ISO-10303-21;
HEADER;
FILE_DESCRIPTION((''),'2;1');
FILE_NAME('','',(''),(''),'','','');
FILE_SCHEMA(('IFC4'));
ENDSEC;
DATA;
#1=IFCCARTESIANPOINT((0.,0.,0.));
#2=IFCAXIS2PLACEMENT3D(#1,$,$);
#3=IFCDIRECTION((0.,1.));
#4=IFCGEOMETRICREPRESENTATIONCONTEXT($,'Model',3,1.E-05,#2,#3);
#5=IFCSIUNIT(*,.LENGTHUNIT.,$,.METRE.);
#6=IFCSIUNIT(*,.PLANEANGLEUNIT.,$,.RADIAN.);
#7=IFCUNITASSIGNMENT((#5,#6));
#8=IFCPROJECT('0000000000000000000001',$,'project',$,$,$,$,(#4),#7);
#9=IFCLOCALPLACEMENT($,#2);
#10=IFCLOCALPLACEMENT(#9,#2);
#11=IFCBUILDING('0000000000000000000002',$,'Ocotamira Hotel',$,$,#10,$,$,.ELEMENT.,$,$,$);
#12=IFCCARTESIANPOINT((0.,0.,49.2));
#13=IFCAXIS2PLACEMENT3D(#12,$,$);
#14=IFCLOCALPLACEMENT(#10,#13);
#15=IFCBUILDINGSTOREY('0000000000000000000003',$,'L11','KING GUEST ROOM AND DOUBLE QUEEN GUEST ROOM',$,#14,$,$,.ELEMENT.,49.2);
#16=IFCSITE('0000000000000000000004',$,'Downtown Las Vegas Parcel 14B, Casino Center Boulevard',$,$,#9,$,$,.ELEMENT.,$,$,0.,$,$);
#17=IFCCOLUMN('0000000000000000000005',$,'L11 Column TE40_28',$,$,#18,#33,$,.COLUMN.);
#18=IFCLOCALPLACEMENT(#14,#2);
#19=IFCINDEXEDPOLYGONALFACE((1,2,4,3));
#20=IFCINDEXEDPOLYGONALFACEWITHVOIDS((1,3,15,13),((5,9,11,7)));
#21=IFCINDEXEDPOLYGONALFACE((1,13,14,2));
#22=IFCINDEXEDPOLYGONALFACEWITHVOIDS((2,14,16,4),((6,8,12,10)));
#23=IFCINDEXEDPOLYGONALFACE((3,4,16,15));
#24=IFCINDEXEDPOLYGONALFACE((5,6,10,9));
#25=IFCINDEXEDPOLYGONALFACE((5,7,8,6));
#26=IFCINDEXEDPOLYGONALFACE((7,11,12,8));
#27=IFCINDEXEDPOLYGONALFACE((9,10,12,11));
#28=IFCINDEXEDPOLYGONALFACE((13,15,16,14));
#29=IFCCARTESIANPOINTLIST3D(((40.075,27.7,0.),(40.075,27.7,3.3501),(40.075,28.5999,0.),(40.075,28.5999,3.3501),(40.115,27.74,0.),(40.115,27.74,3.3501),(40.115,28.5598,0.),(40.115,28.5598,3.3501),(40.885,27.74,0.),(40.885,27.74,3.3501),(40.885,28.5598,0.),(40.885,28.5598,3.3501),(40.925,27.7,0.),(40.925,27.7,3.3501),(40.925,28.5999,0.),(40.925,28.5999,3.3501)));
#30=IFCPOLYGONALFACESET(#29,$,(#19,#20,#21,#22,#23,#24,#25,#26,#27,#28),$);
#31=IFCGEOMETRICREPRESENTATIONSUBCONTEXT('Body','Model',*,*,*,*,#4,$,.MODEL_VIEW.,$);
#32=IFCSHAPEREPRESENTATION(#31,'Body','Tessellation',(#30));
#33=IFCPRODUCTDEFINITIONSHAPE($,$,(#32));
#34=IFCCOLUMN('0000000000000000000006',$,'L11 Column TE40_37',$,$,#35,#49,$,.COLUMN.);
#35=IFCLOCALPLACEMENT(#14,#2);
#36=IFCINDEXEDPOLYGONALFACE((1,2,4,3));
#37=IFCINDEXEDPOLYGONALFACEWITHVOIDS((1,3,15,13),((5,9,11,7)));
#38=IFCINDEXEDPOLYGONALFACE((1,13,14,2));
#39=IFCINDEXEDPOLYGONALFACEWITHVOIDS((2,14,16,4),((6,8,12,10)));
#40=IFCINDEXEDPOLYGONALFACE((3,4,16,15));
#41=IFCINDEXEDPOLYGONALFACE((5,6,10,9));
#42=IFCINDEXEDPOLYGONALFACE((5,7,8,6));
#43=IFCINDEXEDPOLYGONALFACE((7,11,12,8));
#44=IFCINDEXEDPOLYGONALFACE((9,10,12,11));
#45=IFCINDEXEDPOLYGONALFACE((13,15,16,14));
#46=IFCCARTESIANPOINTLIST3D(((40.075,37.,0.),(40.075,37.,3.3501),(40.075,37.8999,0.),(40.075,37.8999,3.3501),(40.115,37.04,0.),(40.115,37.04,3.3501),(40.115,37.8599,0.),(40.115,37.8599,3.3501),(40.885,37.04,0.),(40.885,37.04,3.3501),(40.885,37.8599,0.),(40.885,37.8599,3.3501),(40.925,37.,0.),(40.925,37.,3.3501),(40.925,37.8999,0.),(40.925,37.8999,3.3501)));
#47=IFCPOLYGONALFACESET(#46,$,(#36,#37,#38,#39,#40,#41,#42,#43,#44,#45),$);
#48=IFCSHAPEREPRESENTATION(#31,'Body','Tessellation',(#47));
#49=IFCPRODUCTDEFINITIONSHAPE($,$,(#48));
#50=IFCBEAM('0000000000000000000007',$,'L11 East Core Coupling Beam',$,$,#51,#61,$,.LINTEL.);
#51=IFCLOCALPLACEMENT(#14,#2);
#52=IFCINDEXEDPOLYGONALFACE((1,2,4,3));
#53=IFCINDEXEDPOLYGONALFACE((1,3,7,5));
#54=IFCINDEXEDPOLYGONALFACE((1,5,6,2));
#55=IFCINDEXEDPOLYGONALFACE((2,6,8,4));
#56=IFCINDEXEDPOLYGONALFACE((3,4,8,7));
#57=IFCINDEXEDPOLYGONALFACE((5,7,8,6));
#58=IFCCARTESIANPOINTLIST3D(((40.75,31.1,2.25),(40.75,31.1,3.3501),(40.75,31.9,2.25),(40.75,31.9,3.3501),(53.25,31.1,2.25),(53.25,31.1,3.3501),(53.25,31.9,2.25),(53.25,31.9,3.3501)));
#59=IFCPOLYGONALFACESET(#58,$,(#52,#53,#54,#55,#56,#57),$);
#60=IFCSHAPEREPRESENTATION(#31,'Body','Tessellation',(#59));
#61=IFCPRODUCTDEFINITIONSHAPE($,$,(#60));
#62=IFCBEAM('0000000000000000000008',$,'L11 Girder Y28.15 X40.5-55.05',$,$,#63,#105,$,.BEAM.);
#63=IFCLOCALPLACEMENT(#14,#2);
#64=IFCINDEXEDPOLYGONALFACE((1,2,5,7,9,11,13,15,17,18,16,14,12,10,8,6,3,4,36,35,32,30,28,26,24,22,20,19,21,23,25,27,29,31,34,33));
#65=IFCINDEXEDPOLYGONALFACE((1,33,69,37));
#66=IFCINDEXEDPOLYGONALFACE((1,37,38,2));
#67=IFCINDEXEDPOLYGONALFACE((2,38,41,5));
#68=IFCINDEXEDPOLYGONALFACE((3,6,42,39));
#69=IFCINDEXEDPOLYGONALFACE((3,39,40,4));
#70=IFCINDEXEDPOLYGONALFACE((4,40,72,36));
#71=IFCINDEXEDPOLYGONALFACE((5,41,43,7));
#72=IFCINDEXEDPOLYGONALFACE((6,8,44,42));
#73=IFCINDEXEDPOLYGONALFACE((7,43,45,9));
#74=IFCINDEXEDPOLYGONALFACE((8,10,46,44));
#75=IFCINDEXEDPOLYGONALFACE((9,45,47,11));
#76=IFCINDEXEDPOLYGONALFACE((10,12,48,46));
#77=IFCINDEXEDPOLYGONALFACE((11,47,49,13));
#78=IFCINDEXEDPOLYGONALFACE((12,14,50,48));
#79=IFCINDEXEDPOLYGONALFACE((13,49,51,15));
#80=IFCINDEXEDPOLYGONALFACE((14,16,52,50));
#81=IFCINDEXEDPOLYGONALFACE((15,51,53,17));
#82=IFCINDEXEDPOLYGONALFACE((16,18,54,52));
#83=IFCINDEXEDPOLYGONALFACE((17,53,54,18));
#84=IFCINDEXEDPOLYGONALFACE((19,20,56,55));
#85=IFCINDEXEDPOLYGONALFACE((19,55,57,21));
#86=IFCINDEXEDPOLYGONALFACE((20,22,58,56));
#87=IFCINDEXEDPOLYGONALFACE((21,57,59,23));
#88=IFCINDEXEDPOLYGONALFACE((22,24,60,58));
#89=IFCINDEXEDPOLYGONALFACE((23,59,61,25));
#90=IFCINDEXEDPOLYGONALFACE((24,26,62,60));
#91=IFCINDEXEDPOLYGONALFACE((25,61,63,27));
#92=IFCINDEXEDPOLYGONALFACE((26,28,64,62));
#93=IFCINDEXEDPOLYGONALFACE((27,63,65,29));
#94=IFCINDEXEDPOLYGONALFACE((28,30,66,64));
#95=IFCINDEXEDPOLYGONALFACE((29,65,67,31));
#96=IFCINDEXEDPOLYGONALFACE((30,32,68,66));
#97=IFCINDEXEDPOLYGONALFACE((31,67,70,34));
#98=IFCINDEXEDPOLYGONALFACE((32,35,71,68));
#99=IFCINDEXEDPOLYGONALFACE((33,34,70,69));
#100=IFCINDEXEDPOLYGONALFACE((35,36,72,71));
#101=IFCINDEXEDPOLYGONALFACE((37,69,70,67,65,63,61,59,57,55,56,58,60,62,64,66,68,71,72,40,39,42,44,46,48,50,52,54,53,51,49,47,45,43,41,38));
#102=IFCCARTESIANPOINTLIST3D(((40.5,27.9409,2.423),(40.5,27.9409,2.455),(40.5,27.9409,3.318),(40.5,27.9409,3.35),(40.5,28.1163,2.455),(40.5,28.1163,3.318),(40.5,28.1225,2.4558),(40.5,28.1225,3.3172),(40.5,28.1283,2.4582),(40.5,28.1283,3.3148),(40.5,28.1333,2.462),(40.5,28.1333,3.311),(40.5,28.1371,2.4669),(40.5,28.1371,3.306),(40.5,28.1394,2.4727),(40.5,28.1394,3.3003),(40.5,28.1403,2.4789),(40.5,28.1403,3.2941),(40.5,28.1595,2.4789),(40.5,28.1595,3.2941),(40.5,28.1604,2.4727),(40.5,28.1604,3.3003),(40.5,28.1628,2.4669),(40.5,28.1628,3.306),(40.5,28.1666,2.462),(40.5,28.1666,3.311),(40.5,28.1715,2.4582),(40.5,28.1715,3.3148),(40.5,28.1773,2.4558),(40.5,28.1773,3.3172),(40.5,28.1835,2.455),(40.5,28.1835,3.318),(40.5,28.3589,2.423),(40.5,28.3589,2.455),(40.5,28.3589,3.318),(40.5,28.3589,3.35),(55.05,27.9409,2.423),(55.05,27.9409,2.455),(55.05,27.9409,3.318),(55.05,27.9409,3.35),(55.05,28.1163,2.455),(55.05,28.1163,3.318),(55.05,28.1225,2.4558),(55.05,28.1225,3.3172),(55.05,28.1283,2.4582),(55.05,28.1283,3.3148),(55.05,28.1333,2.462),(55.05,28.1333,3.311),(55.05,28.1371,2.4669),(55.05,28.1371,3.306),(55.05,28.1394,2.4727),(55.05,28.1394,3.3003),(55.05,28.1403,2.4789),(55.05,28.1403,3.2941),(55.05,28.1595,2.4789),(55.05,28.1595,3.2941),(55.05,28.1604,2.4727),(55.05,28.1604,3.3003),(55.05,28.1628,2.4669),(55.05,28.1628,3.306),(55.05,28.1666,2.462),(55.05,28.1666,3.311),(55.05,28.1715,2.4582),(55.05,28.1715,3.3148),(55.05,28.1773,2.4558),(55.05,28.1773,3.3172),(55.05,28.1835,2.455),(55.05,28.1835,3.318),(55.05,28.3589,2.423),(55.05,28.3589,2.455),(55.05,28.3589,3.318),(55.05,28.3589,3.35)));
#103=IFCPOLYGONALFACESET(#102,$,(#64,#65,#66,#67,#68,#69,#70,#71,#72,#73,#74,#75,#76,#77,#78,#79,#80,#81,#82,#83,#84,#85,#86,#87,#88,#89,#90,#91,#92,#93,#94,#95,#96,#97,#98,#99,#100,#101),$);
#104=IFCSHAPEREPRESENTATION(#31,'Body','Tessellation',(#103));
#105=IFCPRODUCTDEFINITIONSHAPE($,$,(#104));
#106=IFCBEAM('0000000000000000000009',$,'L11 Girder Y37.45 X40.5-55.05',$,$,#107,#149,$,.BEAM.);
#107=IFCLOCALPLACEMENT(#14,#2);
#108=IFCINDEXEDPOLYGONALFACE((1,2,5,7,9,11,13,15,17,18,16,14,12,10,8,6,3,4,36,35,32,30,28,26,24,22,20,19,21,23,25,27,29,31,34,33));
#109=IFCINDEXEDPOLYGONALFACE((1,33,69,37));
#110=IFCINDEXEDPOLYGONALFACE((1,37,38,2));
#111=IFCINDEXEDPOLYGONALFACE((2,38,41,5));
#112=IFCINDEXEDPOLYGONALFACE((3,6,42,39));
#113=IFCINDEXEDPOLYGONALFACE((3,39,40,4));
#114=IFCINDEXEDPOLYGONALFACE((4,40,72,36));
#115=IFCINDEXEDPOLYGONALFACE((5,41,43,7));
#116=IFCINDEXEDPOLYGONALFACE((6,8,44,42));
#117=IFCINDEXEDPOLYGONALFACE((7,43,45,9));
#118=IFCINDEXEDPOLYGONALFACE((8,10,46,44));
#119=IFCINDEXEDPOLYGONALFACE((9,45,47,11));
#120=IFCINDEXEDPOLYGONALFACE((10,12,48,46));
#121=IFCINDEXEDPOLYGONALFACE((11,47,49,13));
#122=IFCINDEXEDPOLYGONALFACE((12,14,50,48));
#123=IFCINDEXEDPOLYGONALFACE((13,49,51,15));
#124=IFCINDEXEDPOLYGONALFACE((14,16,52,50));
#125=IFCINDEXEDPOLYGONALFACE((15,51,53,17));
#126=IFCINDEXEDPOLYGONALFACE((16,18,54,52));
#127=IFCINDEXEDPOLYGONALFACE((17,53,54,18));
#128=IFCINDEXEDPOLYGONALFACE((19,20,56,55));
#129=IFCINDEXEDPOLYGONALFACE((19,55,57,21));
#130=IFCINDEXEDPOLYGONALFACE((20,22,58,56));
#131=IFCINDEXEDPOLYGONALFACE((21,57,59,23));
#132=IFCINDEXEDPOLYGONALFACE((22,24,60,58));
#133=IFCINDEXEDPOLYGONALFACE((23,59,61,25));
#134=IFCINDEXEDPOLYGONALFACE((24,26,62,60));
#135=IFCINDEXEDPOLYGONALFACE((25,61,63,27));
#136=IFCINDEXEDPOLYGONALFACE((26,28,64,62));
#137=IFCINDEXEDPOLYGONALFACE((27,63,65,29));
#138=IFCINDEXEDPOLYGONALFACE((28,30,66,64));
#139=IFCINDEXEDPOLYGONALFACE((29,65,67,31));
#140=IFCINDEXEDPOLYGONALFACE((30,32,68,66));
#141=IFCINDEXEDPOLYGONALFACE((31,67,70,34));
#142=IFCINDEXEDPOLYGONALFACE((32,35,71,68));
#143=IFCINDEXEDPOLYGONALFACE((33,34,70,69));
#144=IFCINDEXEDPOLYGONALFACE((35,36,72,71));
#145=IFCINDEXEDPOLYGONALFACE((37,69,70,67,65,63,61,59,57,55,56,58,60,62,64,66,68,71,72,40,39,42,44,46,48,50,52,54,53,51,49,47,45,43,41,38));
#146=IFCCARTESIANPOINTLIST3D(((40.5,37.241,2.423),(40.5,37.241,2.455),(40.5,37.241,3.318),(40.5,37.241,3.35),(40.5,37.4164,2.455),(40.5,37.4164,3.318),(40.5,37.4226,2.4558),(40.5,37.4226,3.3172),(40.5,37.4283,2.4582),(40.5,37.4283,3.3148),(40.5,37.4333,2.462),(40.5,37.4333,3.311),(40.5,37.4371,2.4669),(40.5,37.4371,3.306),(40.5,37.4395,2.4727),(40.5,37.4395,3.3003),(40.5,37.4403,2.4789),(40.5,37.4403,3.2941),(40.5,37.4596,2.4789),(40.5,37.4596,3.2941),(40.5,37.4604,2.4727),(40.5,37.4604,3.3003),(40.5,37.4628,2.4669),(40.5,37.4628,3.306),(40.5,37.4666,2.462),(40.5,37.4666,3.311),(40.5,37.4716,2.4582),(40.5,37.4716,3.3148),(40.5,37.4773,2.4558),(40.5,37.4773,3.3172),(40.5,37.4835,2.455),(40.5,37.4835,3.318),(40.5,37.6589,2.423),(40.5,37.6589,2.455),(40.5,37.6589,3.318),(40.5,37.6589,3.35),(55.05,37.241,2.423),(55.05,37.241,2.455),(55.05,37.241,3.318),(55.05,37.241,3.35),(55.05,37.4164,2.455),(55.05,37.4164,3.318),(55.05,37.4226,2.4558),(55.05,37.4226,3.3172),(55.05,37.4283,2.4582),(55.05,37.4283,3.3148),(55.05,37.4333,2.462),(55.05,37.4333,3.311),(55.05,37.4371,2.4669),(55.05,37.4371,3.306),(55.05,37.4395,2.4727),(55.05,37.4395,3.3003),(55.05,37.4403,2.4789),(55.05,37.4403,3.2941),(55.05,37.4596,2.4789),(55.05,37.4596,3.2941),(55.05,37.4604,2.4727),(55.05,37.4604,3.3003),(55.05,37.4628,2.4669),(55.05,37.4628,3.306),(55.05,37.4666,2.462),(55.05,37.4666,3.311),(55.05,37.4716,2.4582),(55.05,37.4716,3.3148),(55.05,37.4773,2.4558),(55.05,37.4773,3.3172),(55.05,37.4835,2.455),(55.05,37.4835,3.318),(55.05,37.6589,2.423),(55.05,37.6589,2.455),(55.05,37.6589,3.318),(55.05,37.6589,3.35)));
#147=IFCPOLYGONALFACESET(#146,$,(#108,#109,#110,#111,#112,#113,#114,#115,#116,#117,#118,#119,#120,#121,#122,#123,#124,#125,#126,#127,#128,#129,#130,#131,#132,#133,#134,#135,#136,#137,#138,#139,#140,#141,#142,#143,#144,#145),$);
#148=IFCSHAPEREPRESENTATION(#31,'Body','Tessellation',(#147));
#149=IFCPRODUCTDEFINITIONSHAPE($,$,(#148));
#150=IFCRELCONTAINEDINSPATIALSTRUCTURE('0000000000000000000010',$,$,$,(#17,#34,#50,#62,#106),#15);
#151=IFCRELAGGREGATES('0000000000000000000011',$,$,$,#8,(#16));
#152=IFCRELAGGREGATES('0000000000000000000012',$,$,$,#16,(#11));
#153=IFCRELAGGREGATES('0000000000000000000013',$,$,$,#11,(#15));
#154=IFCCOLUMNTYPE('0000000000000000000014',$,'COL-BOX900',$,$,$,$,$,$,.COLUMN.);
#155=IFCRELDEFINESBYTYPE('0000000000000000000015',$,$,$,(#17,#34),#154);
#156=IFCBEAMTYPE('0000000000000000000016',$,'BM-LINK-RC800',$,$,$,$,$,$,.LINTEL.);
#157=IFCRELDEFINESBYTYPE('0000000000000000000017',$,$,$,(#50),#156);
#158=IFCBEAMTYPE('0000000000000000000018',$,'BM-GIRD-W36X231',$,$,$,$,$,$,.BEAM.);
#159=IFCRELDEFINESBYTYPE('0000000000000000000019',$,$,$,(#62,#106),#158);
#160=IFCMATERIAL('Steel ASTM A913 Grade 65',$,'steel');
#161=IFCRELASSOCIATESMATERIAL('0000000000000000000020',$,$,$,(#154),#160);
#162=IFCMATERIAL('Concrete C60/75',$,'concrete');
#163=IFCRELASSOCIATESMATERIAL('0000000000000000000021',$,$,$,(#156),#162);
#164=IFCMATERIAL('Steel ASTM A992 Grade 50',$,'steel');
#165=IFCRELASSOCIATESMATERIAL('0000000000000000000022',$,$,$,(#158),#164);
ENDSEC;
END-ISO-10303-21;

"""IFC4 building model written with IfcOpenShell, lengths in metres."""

from ifc_helpers import new_model, si_unit, direction, frame, origin, origin_2d, place, context, subcontext, project, spatial, rectangle, hollow_rectangle, i_section, extrude, source, transform, mapped, material, material_profile, profile_set, type_object, element, save


model = new_model("IFC4")

# Units and contexts
model_context = context("Model", 3, precision=1e-05, world=origin(), true_north=direction((0.0, 1.0)))
body_context = subcontext(model_context, "Body", "Model", "MODEL_VIEW")
ifc_project = project(units=[si_unit("LENGTHUNIT", "METRE"), si_unit("PLANEANGLEUNIT", "RADIAN")], contexts=[model_context])

# Site, building, storey
site_placement = place(None, origin())
site = spatial("IfcSite", under=ifc_project, at=site_placement, Name="Downtown Las Vegas Parcel 14B, Casino Center Boulevard", CompositionType="ELEMENT", RefElevation=0.0)
building_placement = place(site_placement, origin())
building = spatial("IfcBuilding", under=site, at=building_placement, Name="Ocotamira Hotel", CompositionType="ELEMENT")
storey_placement = place(building_placement, frame((0.0, 0.0, 49.2)))
storey = spatial("IfcBuildingStorey", under=building, at=storey_placement, Name="L11", Description="KING GUEST ROOM AND DOUBLE QUEEN GUEST ROOM", CompositionType="ELEMENT", Elevation=49.2)

# Columns
ifc_material_1 = material(Name="Steel ASTM A913 Grade 65", Category="steel")
ifc_material_profile_1 = material_profile(ifc_material_1, hollow_rectangle(XDim=0.8501, YDim=0.8999, WallThickness=0.04, at=origin_2d()), Name="BOX900X850X40")
ifc_profile_set_1 = profile_set([ifc_material_profile_1], Name="Steel ASTM A913 Grade 65")
column_type = type_object("IfcColumnType", Name="COL-BOX900", PredefinedType="COLUMN", material=ifc_profile_set_1)
shared_shape_1 = source(origin(), body_context, "Body", "SweptSolid", [
    extrude(hollow_rectangle(XDim=0.8501, YDim=0.8999, WallThickness=0.04, at=origin_2d()), origin(), (0.0, 0.0, 1.0), 3.3501),
])
for number, where, z_axis, x_axis, name in (
    (1, (40.5, 28.1499, 0.0), (0.0, 0.0, 1.0), (1.0, 0.0, 0.0), "L11 Column TE40_28"),
    (2, (40.5, 37.45, 0.0), (0.0, 0.0, 1.0), (1.0, 0.0, 0.0), "L11 Column TE40_37"),
):
    element("IfcColumn", number, at=place(storey_placement, frame(where, z_axis=z_axis, x_axis=x_axis)), inside=storey, type_object=column_type, Name=name, PredefinedType="COLUMN", context=body_context, shape_type="MappedRepresentation", body=[
        mapped(shared_shape_1, transform((0.0, 0.0, 0.0), scale=1.0)),
    ])

# Beams
ifc_material_2 = material(Name="Concrete C60/75", Category="concrete")
ifc_material_profile_2 = material_profile(ifc_material_2, rectangle(XDim=0.8, YDim=1.1001, at=origin_2d()), Name="RC800X1100")
ifc_profile_set_2 = profile_set([ifc_material_profile_2], Name="Concrete C60/75")
beam_type_1 = type_object("IfcBeamType", Name="BM-LINK-RC800", PredefinedType="LINTEL", material=ifc_profile_set_2)
shared_shape_2 = source(origin(), body_context, "Body", "SweptSolid", [
    extrude(rectangle(XDim=0.8, YDim=1.1001, at=origin_2d()), origin(), (0.0, 0.0, 1.0), 12.5),
])
beam_1_placement = place(storey_placement, frame((40.75, 31.5, 2.8), z_axis=(1.0, 0.0, 0.0), x_axis=(0.0, 1.0, 0.0)))
element("IfcBeam", 3, at=beam_1_placement, inside=storey, type_object=beam_type_1, Name="L11 East Core Coupling Beam", PredefinedType="LINTEL", context=body_context, shape_type="MappedRepresentation", body=[
    mapped(shared_shape_2, transform((0.0, 0.0, 0.0), scale=1.0)),
])
ifc_material_3 = material(Name="Steel ASTM A992 Grade 50", Category="steel")
ifc_material_profile_3 = material_profile(ifc_material_3, i_section(OverallWidth=0.418, OverallDepth=0.927, WebThickness=0.0193, FlangeThickness=0.032, FilletRadius=0.0239, at=origin_2d()), Name="W36X231")
ifc_profile_set_3 = profile_set([ifc_material_profile_3], Name="Steel ASTM A992 Grade 50")
beam_type_2 = type_object("IfcBeamType", Name="BM-GIRD-W36X231", PredefinedType="BEAM", material=ifc_profile_set_3)
shared_shape_3 = source(origin(), body_context, "Body", "SweptSolid", [
    extrude(i_section(OverallWidth=0.418, OverallDepth=0.927, WebThickness=0.0193, FlangeThickness=0.032, FilletRadius=0.0239, at=origin_2d()), origin(), (0.0, 0.0, 1.0), 14.55),
])
for number, where, z_axis, x_axis, name in (
    (4, (40.5, 28.1499, 2.8865), (1.0, 0.0, 0.0), (0.0, 1.0, 0.0), "L11 Girder Y28.15 X40.5-55.05"),
    (5, (40.5, 37.45, 2.8865), (1.0, 0.0, 0.0), (0.0, 1.0, 0.0), "L11 Girder Y37.45 X40.5-55.05"),
):
    element("IfcBeam", number, at=place(storey_placement, frame(where, z_axis=z_axis, x_axis=x_axis)), inside=storey, type_object=beam_type_2, Name=name, PredefinedType="BEAM", context=body_context, shape_type="MappedRepresentation", body=[
        mapped(shared_shape_3, transform((0.0, 0.0, 0.0), scale=1.0)),
    ])

save(model, "model.ifc")
